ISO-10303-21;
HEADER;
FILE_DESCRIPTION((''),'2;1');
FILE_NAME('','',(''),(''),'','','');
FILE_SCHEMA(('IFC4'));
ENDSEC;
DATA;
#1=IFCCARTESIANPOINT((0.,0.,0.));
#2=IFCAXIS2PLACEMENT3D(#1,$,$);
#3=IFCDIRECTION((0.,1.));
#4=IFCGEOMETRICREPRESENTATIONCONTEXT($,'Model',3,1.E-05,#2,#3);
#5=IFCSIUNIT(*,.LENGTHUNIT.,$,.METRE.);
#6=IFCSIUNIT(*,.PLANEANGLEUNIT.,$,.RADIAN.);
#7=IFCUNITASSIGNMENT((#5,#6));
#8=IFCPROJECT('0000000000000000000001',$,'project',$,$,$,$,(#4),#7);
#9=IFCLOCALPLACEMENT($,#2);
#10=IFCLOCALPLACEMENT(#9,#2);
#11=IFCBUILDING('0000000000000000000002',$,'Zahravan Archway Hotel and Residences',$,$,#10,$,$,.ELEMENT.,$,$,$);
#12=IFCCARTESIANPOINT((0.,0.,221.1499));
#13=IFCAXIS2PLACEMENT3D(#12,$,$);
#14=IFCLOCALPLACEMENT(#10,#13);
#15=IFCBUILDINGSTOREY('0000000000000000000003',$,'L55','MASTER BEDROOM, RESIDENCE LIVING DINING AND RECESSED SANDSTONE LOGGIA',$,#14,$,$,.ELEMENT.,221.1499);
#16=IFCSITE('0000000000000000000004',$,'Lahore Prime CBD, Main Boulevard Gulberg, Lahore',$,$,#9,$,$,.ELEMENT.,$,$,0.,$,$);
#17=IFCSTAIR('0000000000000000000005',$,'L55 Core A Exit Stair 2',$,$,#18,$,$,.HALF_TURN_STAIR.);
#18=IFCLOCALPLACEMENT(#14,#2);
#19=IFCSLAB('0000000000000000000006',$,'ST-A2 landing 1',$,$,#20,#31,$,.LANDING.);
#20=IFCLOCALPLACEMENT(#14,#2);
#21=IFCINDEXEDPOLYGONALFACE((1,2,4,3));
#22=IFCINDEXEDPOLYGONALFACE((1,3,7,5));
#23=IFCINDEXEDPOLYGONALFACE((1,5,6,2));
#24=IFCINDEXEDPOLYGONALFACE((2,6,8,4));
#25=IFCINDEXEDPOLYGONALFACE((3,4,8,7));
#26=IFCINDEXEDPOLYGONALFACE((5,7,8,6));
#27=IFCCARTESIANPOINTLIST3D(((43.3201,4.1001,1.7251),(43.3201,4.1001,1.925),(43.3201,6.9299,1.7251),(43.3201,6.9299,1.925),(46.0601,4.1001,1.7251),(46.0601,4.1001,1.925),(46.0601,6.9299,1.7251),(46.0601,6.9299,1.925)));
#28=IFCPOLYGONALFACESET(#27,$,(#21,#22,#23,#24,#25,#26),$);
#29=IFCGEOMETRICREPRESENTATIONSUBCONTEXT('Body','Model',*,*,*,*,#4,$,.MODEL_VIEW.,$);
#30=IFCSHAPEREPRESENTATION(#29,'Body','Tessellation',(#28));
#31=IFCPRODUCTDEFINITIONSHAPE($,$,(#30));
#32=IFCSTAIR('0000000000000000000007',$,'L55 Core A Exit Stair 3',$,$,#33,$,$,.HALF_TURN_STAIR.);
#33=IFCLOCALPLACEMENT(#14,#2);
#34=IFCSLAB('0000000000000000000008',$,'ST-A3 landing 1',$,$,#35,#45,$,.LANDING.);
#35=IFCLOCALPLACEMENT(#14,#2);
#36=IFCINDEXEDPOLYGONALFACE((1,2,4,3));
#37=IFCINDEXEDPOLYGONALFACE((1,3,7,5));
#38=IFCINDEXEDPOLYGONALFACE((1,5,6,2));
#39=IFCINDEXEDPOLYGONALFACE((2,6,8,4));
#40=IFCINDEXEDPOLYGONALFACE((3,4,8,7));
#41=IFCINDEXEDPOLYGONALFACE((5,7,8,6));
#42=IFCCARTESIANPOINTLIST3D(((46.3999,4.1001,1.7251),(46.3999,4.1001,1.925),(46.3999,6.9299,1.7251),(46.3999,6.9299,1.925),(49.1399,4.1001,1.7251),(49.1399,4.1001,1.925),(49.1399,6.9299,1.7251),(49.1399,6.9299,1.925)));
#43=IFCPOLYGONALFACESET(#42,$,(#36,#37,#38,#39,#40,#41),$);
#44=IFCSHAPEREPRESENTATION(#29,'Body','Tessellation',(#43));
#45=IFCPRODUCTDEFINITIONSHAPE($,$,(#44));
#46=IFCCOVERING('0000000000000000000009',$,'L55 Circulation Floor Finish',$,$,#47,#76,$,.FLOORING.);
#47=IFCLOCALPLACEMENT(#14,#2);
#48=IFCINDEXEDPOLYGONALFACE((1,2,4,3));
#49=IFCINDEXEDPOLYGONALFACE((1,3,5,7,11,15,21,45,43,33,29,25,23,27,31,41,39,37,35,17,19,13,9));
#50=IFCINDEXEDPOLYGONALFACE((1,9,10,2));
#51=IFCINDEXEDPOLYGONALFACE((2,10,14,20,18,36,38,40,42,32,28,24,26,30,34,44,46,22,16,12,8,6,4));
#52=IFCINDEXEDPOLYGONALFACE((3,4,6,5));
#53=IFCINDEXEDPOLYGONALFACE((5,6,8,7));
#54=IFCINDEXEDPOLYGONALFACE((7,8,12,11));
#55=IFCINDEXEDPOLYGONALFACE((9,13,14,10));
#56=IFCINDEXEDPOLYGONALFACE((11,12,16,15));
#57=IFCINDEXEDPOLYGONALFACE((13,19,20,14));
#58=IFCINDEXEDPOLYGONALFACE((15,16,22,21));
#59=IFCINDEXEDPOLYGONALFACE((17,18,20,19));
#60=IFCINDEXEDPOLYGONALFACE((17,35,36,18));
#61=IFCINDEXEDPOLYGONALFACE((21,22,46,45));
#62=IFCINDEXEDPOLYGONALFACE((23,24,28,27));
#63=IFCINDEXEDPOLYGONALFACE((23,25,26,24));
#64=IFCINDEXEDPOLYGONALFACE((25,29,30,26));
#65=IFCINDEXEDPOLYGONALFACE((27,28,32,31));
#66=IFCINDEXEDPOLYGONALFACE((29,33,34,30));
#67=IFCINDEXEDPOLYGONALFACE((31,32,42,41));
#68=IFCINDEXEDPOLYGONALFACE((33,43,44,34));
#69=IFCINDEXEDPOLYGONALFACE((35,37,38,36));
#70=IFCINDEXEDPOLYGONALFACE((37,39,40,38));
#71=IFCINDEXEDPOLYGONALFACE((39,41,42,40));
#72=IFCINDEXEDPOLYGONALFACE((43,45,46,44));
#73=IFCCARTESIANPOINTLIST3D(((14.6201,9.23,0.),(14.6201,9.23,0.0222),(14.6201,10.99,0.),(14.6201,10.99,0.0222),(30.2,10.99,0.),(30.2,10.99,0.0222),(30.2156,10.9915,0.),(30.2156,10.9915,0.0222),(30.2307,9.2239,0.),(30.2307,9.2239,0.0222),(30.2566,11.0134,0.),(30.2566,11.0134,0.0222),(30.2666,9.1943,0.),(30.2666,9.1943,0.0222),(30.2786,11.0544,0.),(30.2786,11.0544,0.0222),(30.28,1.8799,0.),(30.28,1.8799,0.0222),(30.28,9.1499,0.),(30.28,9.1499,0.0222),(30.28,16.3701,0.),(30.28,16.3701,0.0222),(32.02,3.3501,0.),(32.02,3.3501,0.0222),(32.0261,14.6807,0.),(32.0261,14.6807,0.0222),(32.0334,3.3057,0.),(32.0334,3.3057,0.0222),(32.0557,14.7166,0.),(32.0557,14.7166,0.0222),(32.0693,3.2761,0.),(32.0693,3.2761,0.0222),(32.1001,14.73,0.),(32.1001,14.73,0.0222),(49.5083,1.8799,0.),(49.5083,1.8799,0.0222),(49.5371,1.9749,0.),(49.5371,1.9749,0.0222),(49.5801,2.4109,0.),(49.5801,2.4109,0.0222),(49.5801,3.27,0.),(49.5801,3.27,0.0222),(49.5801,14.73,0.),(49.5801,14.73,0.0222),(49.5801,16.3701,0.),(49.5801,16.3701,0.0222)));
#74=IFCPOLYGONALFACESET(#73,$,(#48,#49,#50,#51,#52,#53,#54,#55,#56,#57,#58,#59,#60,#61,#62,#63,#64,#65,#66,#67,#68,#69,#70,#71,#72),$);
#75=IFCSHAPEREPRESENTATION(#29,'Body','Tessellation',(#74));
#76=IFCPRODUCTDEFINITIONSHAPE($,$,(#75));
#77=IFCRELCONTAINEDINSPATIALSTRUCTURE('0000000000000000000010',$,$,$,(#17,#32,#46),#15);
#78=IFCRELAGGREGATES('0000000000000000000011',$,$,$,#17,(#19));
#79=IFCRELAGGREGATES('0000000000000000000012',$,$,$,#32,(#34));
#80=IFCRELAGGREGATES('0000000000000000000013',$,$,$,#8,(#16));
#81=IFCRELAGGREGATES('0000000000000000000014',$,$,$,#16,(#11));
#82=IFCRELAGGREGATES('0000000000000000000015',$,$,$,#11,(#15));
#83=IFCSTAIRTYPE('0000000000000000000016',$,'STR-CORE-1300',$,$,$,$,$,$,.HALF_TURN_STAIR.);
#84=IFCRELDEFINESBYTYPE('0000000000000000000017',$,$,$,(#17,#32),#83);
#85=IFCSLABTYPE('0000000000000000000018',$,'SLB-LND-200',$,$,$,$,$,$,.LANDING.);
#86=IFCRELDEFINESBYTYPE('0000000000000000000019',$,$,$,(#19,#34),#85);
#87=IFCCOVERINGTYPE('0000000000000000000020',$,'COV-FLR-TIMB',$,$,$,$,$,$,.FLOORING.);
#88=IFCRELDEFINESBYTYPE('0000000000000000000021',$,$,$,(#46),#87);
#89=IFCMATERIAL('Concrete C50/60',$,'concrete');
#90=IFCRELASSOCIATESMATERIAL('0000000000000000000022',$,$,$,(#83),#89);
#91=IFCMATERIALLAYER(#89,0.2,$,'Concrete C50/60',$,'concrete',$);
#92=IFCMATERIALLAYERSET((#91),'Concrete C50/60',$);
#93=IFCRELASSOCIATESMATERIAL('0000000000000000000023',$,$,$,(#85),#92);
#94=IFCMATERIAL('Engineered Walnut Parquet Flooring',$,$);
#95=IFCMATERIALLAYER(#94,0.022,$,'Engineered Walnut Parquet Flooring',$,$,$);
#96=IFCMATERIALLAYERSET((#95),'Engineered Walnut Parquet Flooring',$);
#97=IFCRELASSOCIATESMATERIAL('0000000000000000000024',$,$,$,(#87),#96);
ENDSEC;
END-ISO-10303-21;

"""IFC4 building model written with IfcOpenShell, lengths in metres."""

from ifc_helpers import new_model, si_unit, direction, frame, origin, place, context, subcontext, project, spatial, polyline, outline, extrude, material, layer, layer_set, type_object, element, aggregate, save


model = new_model("IFC4")

# Units and contexts
model_context = context("Model", 3, precision=1e-05, world=origin(), true_north=direction((0.0, 1.0)))
body_context = subcontext(model_context, "Body", "Model", "MODEL_VIEW")
ifc_project = project(units=[si_unit("LENGTHUNIT", "METRE"), si_unit("PLANEANGLEUNIT", "RADIAN")], contexts=[model_context])

# Site, building, storey
site_placement = place(None, origin())
site = spatial("IfcSite", under=ifc_project, at=site_placement, Name="Lahore Prime CBD, Main Boulevard Gulberg, Lahore", CompositionType="ELEMENT", RefElevation=0.0)
building_placement = place(site_placement, origin())
building = spatial("IfcBuilding", under=site, at=building_placement, Name="Zahravan Archway Hotel and Residences", CompositionType="ELEMENT")
storey_placement = place(building_placement, frame((0.0, 0.0, 221.1499)))
storey = spatial("IfcBuildingStorey", under=building, at=storey_placement, Name="L55", Description="MASTER BEDROOM, RESIDENCE LIVING DINING AND RECESSED SANDSTONE LOGGIA", CompositionType="ELEMENT", Elevation=221.1499)

# Stairs, slabs
ifc_material_1 = material(Name="Concrete C50/60", Category="concrete")
stair_type = type_object("IfcStairType", Name="STR-CORE-1300", PredefinedType="HALF_TURN_STAIR", material=ifc_material_1)
ifc_layer_1 = layer(ifc_material_1, 0.2, Name="Concrete C50/60", Category="concrete")
ifc_layer_set_1 = layer_set([ifc_layer_1], Name="Concrete C50/60")
slab_type_1 = type_object("IfcSlabType", Name="SLB-LND-200", PredefinedType="LANDING", material=ifc_layer_set_1)
stair_1_placement = place(storey_placement, origin())
stair_1 = element("IfcStair", 1, at=stair_1_placement, inside=storey, type_object=stair_type, Name="L55 Core A Exit Stair 2", PredefinedType="HALF_TURN_STAIR")
slab_1_placement = place(storey_placement, frame((0.0, 0.0, 1.7251)))
slab_1 = element("IfcSlab", 2, at=slab_1_placement, type_object=slab_type_1, Name="ST-A2 landing 1", PredefinedType="LANDING", context=body_context, shape_type="SweptSolid", body=[
    extrude(outline(polyline([(43.3201, 6.9299), (43.3201, 4.1001), (46.0601, 4.1001), (46.0601, 6.9299), (43.3201, 6.9299)])), origin(), (0.0, 0.0, 1.0), 0.2),
])
aggregate(stair_1, [slab_1])
stair_2_placement = place(storey_placement, origin())
stair_2 = element("IfcStair", 3, at=stair_2_placement, inside=storey, type_object=stair_type, Name="L55 Core A Exit Stair 3", PredefinedType="HALF_TURN_STAIR")
slab_2_placement = place(storey_placement, frame((0.0, 0.0, 1.7251)))
slab_2 = element("IfcSlab", 4, at=slab_2_placement, type_object=slab_type_1, Name="ST-A3 landing 1", PredefinedType="LANDING", context=body_context, shape_type="SweptSolid", body=[
    extrude(outline(polyline([(46.3999, 6.9299), (46.3999, 4.1001), (49.1399, 4.1001), (49.1399, 6.9299), (46.3999, 6.9299)])), origin(), (0.0, 0.0, 1.0), 0.2),
])
aggregate(stair_2, [slab_2])

# Covering
ifc_material_2 = material(Name="Engineered Walnut Parquet Flooring")
ifc_layer_2 = layer(ifc_material_2, 0.022, Name="Engineered Walnut Parquet Flooring")
ifc_layer_set_2 = layer_set([ifc_layer_2], Name="Engineered Walnut Parquet Flooring")
covering_type = type_object("IfcCoveringType", Name="COV-FLR-TIMB", PredefinedType="FLOORING", material=ifc_layer_set_2)
covering_placement = place(storey_placement, origin())
element("IfcCovering", 5, at=covering_placement, inside=storey, type_object=covering_type, Name="L55 Circulation Floor Finish", PredefinedType="FLOORING", context=body_context, shape_type="SweptSolid", body=[
    extrude(outline(polyline([(30.2156, 10.9915), (30.2566, 11.0134), (30.2786, 11.0544), (30.28, 16.3701), (49.5801, 16.3701), (49.5801, 14.73), (32.1001, 14.73), (32.0557, 14.7166), (32.0261, 14.6807), (32.02, 3.3501), (32.0334, 3.3057), (32.0693, 3.2761), (49.5801, 3.27), (49.5801, 2.4109), (49.5371, 1.9749), (49.5083, 1.8799), (30.28, 1.8799), (30.28, 9.1499), (30.2666, 9.1943), (30.2307, 9.2239), (14.6201, 9.23), (14.6201, 10.99), (30.2, 10.99), (30.2156, 10.9915)])), origin(), (0.0, 0.0, 1.0), 0.0222),
])

save(model, "model.ifc")
